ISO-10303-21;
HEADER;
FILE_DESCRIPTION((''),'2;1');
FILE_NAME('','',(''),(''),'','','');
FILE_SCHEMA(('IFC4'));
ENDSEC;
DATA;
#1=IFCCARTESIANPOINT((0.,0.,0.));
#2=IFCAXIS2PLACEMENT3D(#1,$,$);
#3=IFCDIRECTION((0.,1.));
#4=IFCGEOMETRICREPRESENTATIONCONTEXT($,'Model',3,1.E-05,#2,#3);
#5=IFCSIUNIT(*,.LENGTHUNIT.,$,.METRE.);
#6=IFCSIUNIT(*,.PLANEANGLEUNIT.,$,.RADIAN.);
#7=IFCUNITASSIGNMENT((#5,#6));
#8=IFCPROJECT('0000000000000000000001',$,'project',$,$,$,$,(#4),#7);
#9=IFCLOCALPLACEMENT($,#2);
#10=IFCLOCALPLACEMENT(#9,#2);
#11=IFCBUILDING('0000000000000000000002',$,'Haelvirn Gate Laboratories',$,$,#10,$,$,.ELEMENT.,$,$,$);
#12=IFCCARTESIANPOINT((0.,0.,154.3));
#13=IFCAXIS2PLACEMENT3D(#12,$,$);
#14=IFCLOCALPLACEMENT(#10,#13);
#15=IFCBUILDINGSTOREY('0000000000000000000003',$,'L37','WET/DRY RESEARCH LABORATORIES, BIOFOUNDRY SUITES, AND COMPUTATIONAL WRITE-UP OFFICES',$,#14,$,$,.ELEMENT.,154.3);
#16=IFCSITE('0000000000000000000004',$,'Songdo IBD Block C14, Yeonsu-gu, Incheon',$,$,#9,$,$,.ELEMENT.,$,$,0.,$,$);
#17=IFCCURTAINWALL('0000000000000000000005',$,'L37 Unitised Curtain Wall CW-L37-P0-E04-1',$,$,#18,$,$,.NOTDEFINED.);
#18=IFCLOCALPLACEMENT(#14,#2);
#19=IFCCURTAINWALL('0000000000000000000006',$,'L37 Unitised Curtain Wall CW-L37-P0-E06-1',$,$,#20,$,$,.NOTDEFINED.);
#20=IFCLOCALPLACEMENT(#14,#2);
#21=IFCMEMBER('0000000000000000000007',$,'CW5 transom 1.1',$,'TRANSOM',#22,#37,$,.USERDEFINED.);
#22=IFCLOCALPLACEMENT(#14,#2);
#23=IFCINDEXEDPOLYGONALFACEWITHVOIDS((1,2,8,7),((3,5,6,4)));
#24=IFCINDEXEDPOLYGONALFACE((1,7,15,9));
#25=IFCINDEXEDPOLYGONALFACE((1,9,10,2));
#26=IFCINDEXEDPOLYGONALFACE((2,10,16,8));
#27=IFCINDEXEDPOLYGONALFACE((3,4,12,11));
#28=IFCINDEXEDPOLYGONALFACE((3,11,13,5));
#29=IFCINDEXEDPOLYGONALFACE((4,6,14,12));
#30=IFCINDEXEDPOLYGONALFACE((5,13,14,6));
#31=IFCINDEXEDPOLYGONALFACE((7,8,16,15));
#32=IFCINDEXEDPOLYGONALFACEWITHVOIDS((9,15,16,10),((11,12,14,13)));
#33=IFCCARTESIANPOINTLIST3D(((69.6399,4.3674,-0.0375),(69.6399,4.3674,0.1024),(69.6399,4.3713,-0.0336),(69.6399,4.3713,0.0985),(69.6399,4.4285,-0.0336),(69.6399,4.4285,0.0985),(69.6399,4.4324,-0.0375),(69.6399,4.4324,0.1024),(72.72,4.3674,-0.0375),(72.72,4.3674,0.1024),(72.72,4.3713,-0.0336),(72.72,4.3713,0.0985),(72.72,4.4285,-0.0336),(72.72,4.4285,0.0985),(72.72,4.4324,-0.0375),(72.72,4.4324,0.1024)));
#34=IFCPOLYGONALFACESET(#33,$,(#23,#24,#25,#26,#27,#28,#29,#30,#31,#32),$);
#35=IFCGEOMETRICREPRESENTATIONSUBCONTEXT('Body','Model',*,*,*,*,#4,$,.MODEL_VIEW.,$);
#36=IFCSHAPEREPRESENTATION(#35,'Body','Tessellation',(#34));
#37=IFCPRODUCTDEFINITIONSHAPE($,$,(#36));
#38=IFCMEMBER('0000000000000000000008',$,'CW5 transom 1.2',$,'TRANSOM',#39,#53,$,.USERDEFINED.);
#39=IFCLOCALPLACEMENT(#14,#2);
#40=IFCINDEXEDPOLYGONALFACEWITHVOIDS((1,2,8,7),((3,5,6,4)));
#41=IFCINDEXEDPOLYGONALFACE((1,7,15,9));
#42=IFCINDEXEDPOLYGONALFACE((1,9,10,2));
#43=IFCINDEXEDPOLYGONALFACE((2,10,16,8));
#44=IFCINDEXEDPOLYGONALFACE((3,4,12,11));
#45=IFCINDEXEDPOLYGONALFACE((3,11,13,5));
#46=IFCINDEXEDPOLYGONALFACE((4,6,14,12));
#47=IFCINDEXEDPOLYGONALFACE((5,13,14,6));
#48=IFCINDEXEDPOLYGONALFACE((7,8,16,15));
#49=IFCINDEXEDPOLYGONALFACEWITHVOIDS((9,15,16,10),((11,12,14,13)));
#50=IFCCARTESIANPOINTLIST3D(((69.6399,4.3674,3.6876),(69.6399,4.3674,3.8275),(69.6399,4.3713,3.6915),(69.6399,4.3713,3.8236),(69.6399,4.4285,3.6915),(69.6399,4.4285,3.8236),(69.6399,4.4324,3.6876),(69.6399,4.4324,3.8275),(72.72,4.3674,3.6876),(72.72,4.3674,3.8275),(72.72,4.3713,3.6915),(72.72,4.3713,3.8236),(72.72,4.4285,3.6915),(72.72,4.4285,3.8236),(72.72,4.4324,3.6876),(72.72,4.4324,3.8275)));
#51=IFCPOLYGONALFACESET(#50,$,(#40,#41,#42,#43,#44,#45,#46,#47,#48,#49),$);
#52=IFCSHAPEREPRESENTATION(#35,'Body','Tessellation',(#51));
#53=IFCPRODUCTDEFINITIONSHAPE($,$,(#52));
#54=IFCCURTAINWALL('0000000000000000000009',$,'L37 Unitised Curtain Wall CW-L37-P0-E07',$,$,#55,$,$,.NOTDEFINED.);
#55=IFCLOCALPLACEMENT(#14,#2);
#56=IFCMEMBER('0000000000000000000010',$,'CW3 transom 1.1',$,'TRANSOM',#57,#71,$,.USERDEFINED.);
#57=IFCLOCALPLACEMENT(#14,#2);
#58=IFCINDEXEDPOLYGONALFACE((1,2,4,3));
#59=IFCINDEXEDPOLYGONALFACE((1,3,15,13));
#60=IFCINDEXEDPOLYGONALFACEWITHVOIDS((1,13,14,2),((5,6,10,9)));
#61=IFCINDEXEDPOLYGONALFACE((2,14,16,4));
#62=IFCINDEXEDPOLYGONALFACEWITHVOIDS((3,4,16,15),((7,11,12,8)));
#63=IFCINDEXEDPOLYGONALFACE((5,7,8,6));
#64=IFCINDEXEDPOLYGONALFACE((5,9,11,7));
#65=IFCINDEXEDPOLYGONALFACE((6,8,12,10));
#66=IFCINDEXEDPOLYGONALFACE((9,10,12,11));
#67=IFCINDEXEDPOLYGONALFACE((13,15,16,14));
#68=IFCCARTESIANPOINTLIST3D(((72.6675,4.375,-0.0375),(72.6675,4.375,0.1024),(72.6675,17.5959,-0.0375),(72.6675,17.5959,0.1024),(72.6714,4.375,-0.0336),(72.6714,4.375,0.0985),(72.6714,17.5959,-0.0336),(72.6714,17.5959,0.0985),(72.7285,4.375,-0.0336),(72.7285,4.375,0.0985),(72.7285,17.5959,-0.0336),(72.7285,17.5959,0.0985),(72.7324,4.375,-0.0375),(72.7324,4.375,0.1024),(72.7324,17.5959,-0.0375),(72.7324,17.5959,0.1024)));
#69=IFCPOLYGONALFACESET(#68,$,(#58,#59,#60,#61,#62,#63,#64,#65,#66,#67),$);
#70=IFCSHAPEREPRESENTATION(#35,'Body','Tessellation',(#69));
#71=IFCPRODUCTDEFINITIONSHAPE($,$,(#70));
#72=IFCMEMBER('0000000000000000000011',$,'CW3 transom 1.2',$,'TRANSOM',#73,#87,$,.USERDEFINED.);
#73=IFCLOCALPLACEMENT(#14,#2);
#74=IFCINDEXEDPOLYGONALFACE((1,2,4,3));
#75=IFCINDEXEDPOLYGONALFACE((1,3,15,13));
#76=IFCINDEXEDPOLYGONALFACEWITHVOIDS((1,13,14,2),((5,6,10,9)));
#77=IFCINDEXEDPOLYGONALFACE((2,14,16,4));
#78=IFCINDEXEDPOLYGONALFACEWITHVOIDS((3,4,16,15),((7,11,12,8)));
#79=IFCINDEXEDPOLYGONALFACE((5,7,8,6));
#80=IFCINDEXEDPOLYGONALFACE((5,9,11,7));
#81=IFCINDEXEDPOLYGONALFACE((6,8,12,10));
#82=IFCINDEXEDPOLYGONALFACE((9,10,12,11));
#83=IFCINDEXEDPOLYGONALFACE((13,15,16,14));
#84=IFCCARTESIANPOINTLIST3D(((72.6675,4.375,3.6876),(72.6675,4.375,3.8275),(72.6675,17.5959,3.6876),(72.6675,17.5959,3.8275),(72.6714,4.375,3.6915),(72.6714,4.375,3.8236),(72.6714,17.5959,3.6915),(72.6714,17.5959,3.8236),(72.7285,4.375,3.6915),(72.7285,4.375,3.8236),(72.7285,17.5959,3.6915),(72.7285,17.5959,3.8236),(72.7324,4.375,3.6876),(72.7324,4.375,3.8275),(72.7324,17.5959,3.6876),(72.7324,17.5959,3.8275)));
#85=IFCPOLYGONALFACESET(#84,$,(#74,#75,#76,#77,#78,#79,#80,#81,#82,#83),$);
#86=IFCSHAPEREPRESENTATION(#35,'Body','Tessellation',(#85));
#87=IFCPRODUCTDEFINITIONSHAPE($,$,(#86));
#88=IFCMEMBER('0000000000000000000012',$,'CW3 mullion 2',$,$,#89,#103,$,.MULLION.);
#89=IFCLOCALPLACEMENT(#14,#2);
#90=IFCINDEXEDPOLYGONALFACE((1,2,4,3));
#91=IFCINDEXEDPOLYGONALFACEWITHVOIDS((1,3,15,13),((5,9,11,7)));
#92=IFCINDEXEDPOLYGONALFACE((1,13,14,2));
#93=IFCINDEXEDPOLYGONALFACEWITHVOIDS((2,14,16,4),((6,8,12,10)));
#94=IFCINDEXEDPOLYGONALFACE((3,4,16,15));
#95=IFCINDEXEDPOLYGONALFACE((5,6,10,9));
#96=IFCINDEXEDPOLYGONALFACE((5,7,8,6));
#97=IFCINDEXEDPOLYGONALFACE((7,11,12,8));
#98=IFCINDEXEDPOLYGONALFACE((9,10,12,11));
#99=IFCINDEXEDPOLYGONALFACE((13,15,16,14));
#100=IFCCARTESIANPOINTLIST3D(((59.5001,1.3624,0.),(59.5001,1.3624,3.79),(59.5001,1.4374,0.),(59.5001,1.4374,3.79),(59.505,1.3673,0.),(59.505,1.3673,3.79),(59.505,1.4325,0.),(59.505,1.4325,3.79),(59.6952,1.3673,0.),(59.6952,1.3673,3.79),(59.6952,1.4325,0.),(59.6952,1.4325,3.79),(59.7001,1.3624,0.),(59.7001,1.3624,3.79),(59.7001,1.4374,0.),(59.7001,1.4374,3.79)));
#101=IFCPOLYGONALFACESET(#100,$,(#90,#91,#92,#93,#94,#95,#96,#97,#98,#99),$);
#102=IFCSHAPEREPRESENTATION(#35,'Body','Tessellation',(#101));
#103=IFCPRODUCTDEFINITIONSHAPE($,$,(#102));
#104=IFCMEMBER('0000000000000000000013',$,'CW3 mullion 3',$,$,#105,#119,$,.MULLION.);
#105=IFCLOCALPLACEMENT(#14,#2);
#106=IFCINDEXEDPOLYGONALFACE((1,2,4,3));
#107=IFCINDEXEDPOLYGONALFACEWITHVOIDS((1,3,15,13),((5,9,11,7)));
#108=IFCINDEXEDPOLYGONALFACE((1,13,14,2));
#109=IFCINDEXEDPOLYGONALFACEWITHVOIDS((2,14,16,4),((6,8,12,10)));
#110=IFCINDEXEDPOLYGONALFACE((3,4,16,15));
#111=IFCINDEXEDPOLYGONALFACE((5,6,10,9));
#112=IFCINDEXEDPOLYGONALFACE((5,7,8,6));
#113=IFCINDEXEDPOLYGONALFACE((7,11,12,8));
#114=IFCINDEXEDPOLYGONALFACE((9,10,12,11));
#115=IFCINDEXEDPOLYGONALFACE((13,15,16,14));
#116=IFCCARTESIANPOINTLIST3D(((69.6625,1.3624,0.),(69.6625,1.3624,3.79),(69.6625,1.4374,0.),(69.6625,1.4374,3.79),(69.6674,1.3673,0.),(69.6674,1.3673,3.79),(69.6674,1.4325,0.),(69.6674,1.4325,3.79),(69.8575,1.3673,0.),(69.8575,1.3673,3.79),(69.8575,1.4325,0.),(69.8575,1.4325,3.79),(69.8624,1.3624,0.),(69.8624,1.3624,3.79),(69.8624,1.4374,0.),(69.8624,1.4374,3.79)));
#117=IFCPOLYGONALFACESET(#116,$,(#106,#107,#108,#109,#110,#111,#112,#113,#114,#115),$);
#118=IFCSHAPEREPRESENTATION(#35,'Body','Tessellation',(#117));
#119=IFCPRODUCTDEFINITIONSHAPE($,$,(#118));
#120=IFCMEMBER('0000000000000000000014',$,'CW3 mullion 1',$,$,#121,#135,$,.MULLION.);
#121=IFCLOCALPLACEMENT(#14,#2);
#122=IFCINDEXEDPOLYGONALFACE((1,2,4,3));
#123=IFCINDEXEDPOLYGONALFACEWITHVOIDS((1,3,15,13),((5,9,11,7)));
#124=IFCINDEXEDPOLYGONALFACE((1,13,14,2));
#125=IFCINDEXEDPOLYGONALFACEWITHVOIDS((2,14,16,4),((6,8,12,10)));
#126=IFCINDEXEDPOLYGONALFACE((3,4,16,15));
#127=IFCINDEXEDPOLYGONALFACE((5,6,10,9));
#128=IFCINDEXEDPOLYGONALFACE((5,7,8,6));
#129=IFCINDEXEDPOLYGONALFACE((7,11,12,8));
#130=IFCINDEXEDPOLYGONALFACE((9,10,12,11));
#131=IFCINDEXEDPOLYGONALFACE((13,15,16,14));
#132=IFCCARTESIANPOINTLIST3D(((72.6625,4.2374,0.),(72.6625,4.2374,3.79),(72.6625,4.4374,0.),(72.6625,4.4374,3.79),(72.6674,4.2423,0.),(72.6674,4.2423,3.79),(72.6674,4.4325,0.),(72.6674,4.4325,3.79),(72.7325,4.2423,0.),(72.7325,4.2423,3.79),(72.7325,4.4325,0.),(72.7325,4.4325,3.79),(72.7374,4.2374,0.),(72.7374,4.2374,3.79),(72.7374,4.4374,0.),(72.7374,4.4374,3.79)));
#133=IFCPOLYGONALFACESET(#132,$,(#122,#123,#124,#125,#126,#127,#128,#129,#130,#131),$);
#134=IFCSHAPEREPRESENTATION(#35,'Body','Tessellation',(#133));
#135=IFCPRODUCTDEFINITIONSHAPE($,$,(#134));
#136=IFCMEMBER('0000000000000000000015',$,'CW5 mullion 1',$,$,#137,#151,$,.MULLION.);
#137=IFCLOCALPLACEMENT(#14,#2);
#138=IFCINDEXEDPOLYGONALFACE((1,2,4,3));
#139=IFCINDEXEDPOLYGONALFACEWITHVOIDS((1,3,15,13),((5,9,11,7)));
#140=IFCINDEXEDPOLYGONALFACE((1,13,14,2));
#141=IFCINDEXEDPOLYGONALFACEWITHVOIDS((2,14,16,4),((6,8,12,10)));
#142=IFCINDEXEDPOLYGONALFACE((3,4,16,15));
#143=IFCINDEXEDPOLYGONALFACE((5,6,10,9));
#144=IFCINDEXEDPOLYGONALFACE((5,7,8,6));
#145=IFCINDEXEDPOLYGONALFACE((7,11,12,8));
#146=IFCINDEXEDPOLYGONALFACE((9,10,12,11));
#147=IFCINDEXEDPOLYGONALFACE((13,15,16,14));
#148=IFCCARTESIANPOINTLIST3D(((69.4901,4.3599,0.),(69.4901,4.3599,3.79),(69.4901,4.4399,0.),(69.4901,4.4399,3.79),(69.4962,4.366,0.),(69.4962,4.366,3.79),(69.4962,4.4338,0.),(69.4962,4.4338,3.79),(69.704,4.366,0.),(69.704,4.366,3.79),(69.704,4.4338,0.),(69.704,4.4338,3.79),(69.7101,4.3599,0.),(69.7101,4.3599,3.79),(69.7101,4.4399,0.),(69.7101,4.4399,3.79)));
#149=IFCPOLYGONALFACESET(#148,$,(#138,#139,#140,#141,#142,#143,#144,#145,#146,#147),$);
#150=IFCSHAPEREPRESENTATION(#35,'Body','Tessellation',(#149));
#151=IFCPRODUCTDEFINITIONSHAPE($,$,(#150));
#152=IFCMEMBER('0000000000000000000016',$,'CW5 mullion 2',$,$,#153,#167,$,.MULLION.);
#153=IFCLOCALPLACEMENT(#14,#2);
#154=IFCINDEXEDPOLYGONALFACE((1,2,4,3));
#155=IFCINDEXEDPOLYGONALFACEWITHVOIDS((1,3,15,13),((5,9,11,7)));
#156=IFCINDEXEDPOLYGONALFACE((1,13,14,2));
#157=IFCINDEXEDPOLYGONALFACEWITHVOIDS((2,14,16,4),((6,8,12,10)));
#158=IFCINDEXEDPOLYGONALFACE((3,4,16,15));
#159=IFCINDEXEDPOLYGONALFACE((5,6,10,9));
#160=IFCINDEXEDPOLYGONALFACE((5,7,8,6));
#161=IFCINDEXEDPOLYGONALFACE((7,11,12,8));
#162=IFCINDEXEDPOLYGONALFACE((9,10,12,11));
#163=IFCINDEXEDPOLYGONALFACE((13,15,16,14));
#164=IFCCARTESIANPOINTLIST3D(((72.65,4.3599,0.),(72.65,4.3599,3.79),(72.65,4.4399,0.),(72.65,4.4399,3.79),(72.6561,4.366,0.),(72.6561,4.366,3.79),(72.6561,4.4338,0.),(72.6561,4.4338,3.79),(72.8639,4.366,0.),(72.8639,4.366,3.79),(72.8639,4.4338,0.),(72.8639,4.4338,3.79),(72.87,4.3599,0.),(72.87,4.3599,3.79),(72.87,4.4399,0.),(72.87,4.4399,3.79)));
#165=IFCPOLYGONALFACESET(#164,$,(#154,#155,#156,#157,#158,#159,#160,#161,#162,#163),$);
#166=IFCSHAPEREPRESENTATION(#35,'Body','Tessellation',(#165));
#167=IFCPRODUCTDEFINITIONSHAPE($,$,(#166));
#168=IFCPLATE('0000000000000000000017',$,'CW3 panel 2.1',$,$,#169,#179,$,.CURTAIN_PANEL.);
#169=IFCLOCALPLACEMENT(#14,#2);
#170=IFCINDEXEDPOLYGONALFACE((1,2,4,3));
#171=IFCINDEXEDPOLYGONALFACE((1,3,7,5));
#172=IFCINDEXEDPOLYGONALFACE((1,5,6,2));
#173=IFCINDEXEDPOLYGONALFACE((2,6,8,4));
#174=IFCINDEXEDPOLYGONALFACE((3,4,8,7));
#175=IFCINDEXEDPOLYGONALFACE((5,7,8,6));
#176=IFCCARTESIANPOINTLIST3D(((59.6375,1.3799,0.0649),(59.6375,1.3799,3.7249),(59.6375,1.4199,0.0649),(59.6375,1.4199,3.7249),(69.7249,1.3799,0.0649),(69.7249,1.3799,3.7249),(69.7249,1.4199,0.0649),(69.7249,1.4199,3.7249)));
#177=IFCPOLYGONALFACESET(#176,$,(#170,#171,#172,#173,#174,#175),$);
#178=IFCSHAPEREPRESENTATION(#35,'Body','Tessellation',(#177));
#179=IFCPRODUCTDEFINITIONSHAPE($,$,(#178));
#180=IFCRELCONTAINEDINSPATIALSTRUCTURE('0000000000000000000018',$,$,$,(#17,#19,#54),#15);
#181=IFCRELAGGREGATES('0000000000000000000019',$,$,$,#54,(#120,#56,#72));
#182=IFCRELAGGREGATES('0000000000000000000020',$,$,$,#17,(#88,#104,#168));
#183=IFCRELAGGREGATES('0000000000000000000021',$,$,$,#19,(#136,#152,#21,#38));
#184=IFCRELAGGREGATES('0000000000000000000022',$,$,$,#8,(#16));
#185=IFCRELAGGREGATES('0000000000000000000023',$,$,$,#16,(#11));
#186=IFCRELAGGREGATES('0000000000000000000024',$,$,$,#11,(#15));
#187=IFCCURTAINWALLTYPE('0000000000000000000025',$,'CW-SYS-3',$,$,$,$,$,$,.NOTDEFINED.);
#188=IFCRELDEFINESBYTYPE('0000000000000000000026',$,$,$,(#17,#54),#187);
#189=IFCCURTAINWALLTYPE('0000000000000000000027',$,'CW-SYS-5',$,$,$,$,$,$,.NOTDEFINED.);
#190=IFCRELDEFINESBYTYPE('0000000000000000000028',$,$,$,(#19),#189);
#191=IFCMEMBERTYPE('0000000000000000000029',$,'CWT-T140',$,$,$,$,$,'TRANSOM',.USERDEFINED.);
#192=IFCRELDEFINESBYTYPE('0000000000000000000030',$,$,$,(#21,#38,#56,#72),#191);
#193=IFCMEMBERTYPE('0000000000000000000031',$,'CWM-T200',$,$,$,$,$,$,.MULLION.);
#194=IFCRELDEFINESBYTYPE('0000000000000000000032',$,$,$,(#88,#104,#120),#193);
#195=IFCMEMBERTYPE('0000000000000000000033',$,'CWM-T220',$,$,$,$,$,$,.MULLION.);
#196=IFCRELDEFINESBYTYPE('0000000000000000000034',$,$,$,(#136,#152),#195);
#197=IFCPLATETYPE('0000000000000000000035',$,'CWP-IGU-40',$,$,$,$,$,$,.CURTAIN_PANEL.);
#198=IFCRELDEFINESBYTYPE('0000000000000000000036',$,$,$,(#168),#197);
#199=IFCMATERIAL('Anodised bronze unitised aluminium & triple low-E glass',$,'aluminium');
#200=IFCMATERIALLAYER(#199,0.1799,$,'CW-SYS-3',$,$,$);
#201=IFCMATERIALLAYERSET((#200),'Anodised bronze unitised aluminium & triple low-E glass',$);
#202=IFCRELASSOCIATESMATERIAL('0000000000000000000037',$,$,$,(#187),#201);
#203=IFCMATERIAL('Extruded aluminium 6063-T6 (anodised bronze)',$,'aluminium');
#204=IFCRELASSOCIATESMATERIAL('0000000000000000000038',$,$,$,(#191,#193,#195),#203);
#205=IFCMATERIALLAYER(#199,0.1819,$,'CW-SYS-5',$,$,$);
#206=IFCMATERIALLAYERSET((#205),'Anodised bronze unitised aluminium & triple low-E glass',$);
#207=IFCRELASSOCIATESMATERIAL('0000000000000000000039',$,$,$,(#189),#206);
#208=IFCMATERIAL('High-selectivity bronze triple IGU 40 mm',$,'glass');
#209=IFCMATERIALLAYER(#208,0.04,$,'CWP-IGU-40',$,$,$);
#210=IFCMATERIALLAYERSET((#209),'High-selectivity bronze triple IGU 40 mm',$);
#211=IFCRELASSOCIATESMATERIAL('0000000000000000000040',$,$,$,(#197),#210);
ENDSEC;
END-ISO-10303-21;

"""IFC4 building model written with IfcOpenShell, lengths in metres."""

from ifc_helpers import new_model, si_unit, direction, frame, origin, origin_2d, place, context, subcontext, project, spatial, rectangle, hollow_rectangle, extrude, source, transform, mapped, material, layer, layer_set, material_profile, profile_set, type_object, type_shapes, element, aggregate, save


model = new_model("IFC4")

# Units and contexts
model_context = context("Model", 3, precision=1e-05, world=origin(), true_north=direction((0.0, 1.0)))
body_context = subcontext(model_context, "Body", "Model", "MODEL_VIEW")
ifc_project = project(units=[si_unit("LENGTHUNIT", "METRE"), si_unit("PLANEANGLEUNIT", "RADIAN")], contexts=[model_context])

# Site, building, storey
site_placement = place(None, origin())
site = spatial("IfcSite", under=ifc_project, at=site_placement, Name="Songdo IBD Block C14, Yeonsu-gu, Incheon", CompositionType="ELEMENT", RefElevation=0.0)
building_placement = place(site_placement, origin())
building = spatial("IfcBuilding", under=site, at=building_placement, Name="Haelvirn Gate Laboratories", CompositionType="ELEMENT")
storey_placement = place(building_placement, frame((0.0, 0.0, 154.3)))
storey = spatial("IfcBuildingStorey", under=building, at=storey_placement, Name="L37", Description="WET/DRY RESEARCH LABORATORIES, BIOFOUNDRY SUITES, AND COMPUTATIONAL WRITE-UP OFFICES", CompositionType="ELEMENT", Elevation=154.3)

# Curtain walls, members
ifc_material_1 = material(Name="Anodised bronze unitised aluminium & triple low-E glass", Category="aluminium")
ifc_layer_1 = layer(ifc_material_1, 0.1799, Name="CW-SYS-3")
ifc_layer_set_1 = layer_set([ifc_layer_1], Name="Anodised bronze unitised aluminium & triple low-E glass")
curtain_wall_type_1 = type_object("IfcCurtainWallType", Name="CW-SYS-3", PredefinedType="NOTDEFINED", material=ifc_layer_set_1)
curtain_wall_1_placement = place(storey_placement, origin())
curtain_wall_1 = element("IfcCurtainWall", 1, at=curtain_wall_1_placement, inside=storey, type_object=curtain_wall_type_1, Name="L37 Unitised Curtain Wall CW-L37-P0-E04-1", PredefinedType="NOTDEFINED")
ifc_material_2 = material(Name="Extruded aluminium 6063-T6 (anodised bronze)", Category="aluminium")
ifc_material_profile_1 = material_profile(ifc_material_2, hollow_rectangle(XDim=0.0649, YDim=0.1399, WallThickness=0.0039, at=origin_2d()), Name="CWT-140x65x4")
ifc_profile_set_1 = profile_set([ifc_material_profile_1], Name="Extruded aluminium 6063-T6 (anodised bronze)")
member_type_1 = type_object("IfcMemberType", Name="CWT-T140", ElementType="TRANSOM", PredefinedType="USERDEFINED", material=ifc_profile_set_1)
ifc_layer_2 = layer(ifc_material_1, 0.1819, Name="CW-SYS-5")
ifc_layer_set_2 = layer_set([ifc_layer_2], Name="Anodised bronze unitised aluminium & triple low-E glass")
curtain_wall_type_2 = type_object("IfcCurtainWallType", Name="CW-SYS-5", PredefinedType="NOTDEFINED", material=ifc_layer_set_2)
curtain_wall_2_placement = place(storey_placement, origin())
curtain_wall_2 = element("IfcCurtainWall", 2, at=curtain_wall_2_placement, inside=storey, type_object=curtain_wall_type_2, Name="L37 Unitised Curtain Wall CW-L37-P0-E06-1", PredefinedType="NOTDEFINED")
shared_shape_1 = source(origin(), body_context, "Body", "SweptSolid", [
    extrude(hollow_rectangle(XDim=0.0649, YDim=0.1399, WallThickness=0.0039, at=origin_2d()), origin(), (0.0, 0.0, 1.0), 3.0801),
])
member_1_placement = place(storey_placement, frame((69.6399, 4.3999, 0.0325), z_axis=(1.0, 0.0, 0.0), x_axis=(0.0, 1.0, 0.0)))
member_1 = element("IfcMember", 3, at=member_1_placement, type_object=member_type_1, Name="CW5 transom 1.1", ObjectType="TRANSOM", PredefinedType="USERDEFINED", context=body_context, shape_type="MappedRepresentation", body=[
    mapped(shared_shape_1, transform((0.0, 0.0, 0.0), scale=1.0)),
])
member_2_placement = place(storey_placement, frame((69.6399, 4.3999, 3.7576), z_axis=(1.0, 0.0, 0.0), x_axis=(0.0, 1.0, 0.0)))
member_2 = element("IfcMember", 4, at=member_2_placement, type_object=member_type_1, Name="CW5 transom 1.2", ObjectType="TRANSOM", PredefinedType="USERDEFINED", context=body_context, shape_type="MappedRepresentation", body=[
    mapped(shared_shape_1, transform((0.0, 0.0, 0.0), scale=1.0)),
])
curtain_wall_3_placement = place(storey_placement, origin())
curtain_wall_3 = element("IfcCurtainWall", 5, at=curtain_wall_3_placement, inside=storey, type_object=curtain_wall_type_1, Name="L37 Unitised Curtain Wall CW-L37-P0-E07", PredefinedType="NOTDEFINED")
shared_shape_2 = source(origin(), body_context, "Body", "SweptSolid", [
    extrude(hollow_rectangle(XDim=0.0649, YDim=0.1399, WallThickness=0.0039, at=origin_2d()), origin(), (0.0, 0.0, 1.0), 13.2209),
])
member_3_placement = place(storey_placement, frame((72.7, 4.375, 0.0325), z_axis=(0.0, 1.0, 0.0), x_axis=(-1.0, 0.0, 0.0)))
member_3 = element("IfcMember", 6, at=member_3_placement, type_object=member_type_1, Name="CW3 transom 1.1", ObjectType="TRANSOM", PredefinedType="USERDEFINED", context=body_context, shape_type="MappedRepresentation", body=[
    mapped(shared_shape_2, transform((0.0, 0.0, 0.0), scale=1.0)),
])
member_4_placement = place(storey_placement, frame((72.7, 4.375, 3.7576), z_axis=(0.0, 1.0, 0.0), x_axis=(-1.0, 0.0, 0.0)))
member_4 = element("IfcMember", 7, at=member_4_placement, type_object=member_type_1, Name="CW3 transom 1.2", ObjectType="TRANSOM", PredefinedType="USERDEFINED", context=body_context, shape_type="MappedRepresentation", body=[
    mapped(shared_shape_2, transform((0.0, 0.0, 0.0), scale=1.0)),
])

# Members
ifc_material_profile_2 = material_profile(ifc_material_2, hollow_rectangle(XDim=0.075, YDim=0.2, WallThickness=0.0049, at=origin_2d()), Name="CWM-200x75x5")
ifc_profile_set_2 = profile_set([ifc_material_profile_2], Name="Extruded aluminium 6063-T6 (anodised bronze)")
member_type_2 = type_object("IfcMemberType", Name="CWM-T200", PredefinedType="MULLION", material=ifc_profile_set_2)
shared_shape_3 = source(origin(), body_context, "Body", "SweptSolid", [
    extrude(hollow_rectangle(XDim=0.075, YDim=0.2, WallThickness=0.0049, at=origin_2d()), origin(), (0.0, 0.0, 1.0), 3.79),
])
type_shapes(member_type_2, [shared_shape_3])
member_5_placement = place(storey_placement, frame((59.6001, 1.3999, 0.0), z_axis=(0.0, 0.0, 1.0), x_axis=(0.0, 1.0, 0.0)))
member_5 = element("IfcMember", 8, at=member_5_placement, type_object=member_type_2, Name="CW3 mullion 2", PredefinedType="MULLION", context=body_context, shape_type="MappedRepresentation", body=[
    mapped(shared_shape_3, transform((0.0, 0.0, 0.0), scale=1.0)),
])
member_6_placement = place(storey_placement, frame((69.7625, 1.3999, 0.0), z_axis=(0.0, 0.0, 1.0), x_axis=(0.0, 1.0, 0.0)))
member_6 = element("IfcMember", 9, at=member_6_placement, type_object=member_type_2, Name="CW3 mullion 3", PredefinedType="MULLION", context=body_context, shape_type="MappedRepresentation", body=[
    mapped(shared_shape_3, transform((0.0, 0.0, 0.0), scale=1.0)),
])
member_7_placement = place(storey_placement, frame((72.7, 4.3374, 0.0), z_axis=(0.0, 0.0, 1.0), x_axis=(-1.0, 0.0, 0.0)))
member_7 = element("IfcMember", 10, at=member_7_placement, type_object=member_type_2, Name="CW3 mullion 1", PredefinedType="MULLION", context=body_context, shape_type="MappedRepresentation", body=[
    mapped(shared_shape_3, transform((0.0, 0.0, 0.0), scale=1.0)),
])
aggregate(curtain_wall_3, [member_7, member_3, member_4])
ifc_material_profile_3 = material_profile(ifc_material_2, hollow_rectangle(XDim=0.0801, YDim=0.22, WallThickness=0.0061, at=origin_2d()), Name="CWM-220x80x6")
ifc_profile_set_3 = profile_set([ifc_material_profile_3], Name="Extruded aluminium 6063-T6 (anodised bronze)")
member_type_3 = type_object("IfcMemberType", Name="CWM-T220", PredefinedType="MULLION", material=ifc_profile_set_3)
shared_shape_4 = source(origin(), body_context, "Body", "SweptSolid", [
    extrude(hollow_rectangle(XDim=0.0801, YDim=0.22, WallThickness=0.0061, at=origin_2d()), origin(), (0.0, 0.0, 1.0), 3.79),
])
type_shapes(member_type_3, [shared_shape_4])
member_8_placement = place(storey_placement, frame((69.6001, 4.3999, 0.0), z_axis=(0.0, 0.0, 1.0), x_axis=(0.0, 1.0, 0.0)))
member_8 = element("IfcMember", 11, at=member_8_placement, type_object=member_type_3, Name="CW5 mullion 1", PredefinedType="MULLION", context=body_context, shape_type="MappedRepresentation", body=[
    mapped(shared_shape_4, transform((0.0, 0.0, 0.0), scale=1.0)),
])
member_9_placement = place(storey_placement, frame((72.76, 4.3999, 0.0), z_axis=(0.0, 0.0, 1.0), x_axis=(0.0, 1.0, 0.0)))
member_9 = element("IfcMember", 12, at=member_9_placement, type_object=member_type_3, Name="CW5 mullion 2", PredefinedType="MULLION", context=body_context, shape_type="MappedRepresentation", body=[
    mapped(shared_shape_4, transform((0.0, 0.0, 0.0), scale=1.0)),
])

# Plate
ifc_material_3 = material(Name="High-selectivity bronze triple IGU 40 mm", Category="glass")
ifc_layer_3 = layer(ifc_material_3, 0.04, Name="CWP-IGU-40")
ifc_layer_set_3 = layer_set([ifc_layer_3], Name="High-selectivity bronze triple IGU 40 mm")
plate_type_1 = type_object("IfcPlateType", Name="CWP-IGU-40", PredefinedType="CURTAIN_PANEL", material=ifc_layer_set_3)
shared_shape_5 = source(origin(), body_context, "Body", "SweptSolid", [
    extrude(rectangle(XDim=10.0874, YDim=0.04, at=origin_2d()), origin(), (0.0, 0.0, 1.0), 3.6599),
])
type_shapes(plate_type_1, [shared_shape_5])
plate_1_placement = place(storey_placement, frame((64.6812, 1.3999, 0.0649), z_axis=(0.0, 0.0, 1.0), x_axis=(1.0, 0.0, 0.0)))
plate_1 = element("IfcPlate", 13, at=plate_1_placement, type_object=plate_type_1, Name="CW3 panel 2.1", PredefinedType="CURTAIN_PANEL", context=body_context, shape_type="MappedRepresentation", body=[
    mapped(shared_shape_5, transform((0.0, 0.0, 0.0), scale=1.0)),
])
aggregate(curtain_wall_1, [member_5, member_6, plate_1])
aggregate(curtain_wall_2, [member_8, member_9, member_1, member_2])

save(model, "model.ifc")
